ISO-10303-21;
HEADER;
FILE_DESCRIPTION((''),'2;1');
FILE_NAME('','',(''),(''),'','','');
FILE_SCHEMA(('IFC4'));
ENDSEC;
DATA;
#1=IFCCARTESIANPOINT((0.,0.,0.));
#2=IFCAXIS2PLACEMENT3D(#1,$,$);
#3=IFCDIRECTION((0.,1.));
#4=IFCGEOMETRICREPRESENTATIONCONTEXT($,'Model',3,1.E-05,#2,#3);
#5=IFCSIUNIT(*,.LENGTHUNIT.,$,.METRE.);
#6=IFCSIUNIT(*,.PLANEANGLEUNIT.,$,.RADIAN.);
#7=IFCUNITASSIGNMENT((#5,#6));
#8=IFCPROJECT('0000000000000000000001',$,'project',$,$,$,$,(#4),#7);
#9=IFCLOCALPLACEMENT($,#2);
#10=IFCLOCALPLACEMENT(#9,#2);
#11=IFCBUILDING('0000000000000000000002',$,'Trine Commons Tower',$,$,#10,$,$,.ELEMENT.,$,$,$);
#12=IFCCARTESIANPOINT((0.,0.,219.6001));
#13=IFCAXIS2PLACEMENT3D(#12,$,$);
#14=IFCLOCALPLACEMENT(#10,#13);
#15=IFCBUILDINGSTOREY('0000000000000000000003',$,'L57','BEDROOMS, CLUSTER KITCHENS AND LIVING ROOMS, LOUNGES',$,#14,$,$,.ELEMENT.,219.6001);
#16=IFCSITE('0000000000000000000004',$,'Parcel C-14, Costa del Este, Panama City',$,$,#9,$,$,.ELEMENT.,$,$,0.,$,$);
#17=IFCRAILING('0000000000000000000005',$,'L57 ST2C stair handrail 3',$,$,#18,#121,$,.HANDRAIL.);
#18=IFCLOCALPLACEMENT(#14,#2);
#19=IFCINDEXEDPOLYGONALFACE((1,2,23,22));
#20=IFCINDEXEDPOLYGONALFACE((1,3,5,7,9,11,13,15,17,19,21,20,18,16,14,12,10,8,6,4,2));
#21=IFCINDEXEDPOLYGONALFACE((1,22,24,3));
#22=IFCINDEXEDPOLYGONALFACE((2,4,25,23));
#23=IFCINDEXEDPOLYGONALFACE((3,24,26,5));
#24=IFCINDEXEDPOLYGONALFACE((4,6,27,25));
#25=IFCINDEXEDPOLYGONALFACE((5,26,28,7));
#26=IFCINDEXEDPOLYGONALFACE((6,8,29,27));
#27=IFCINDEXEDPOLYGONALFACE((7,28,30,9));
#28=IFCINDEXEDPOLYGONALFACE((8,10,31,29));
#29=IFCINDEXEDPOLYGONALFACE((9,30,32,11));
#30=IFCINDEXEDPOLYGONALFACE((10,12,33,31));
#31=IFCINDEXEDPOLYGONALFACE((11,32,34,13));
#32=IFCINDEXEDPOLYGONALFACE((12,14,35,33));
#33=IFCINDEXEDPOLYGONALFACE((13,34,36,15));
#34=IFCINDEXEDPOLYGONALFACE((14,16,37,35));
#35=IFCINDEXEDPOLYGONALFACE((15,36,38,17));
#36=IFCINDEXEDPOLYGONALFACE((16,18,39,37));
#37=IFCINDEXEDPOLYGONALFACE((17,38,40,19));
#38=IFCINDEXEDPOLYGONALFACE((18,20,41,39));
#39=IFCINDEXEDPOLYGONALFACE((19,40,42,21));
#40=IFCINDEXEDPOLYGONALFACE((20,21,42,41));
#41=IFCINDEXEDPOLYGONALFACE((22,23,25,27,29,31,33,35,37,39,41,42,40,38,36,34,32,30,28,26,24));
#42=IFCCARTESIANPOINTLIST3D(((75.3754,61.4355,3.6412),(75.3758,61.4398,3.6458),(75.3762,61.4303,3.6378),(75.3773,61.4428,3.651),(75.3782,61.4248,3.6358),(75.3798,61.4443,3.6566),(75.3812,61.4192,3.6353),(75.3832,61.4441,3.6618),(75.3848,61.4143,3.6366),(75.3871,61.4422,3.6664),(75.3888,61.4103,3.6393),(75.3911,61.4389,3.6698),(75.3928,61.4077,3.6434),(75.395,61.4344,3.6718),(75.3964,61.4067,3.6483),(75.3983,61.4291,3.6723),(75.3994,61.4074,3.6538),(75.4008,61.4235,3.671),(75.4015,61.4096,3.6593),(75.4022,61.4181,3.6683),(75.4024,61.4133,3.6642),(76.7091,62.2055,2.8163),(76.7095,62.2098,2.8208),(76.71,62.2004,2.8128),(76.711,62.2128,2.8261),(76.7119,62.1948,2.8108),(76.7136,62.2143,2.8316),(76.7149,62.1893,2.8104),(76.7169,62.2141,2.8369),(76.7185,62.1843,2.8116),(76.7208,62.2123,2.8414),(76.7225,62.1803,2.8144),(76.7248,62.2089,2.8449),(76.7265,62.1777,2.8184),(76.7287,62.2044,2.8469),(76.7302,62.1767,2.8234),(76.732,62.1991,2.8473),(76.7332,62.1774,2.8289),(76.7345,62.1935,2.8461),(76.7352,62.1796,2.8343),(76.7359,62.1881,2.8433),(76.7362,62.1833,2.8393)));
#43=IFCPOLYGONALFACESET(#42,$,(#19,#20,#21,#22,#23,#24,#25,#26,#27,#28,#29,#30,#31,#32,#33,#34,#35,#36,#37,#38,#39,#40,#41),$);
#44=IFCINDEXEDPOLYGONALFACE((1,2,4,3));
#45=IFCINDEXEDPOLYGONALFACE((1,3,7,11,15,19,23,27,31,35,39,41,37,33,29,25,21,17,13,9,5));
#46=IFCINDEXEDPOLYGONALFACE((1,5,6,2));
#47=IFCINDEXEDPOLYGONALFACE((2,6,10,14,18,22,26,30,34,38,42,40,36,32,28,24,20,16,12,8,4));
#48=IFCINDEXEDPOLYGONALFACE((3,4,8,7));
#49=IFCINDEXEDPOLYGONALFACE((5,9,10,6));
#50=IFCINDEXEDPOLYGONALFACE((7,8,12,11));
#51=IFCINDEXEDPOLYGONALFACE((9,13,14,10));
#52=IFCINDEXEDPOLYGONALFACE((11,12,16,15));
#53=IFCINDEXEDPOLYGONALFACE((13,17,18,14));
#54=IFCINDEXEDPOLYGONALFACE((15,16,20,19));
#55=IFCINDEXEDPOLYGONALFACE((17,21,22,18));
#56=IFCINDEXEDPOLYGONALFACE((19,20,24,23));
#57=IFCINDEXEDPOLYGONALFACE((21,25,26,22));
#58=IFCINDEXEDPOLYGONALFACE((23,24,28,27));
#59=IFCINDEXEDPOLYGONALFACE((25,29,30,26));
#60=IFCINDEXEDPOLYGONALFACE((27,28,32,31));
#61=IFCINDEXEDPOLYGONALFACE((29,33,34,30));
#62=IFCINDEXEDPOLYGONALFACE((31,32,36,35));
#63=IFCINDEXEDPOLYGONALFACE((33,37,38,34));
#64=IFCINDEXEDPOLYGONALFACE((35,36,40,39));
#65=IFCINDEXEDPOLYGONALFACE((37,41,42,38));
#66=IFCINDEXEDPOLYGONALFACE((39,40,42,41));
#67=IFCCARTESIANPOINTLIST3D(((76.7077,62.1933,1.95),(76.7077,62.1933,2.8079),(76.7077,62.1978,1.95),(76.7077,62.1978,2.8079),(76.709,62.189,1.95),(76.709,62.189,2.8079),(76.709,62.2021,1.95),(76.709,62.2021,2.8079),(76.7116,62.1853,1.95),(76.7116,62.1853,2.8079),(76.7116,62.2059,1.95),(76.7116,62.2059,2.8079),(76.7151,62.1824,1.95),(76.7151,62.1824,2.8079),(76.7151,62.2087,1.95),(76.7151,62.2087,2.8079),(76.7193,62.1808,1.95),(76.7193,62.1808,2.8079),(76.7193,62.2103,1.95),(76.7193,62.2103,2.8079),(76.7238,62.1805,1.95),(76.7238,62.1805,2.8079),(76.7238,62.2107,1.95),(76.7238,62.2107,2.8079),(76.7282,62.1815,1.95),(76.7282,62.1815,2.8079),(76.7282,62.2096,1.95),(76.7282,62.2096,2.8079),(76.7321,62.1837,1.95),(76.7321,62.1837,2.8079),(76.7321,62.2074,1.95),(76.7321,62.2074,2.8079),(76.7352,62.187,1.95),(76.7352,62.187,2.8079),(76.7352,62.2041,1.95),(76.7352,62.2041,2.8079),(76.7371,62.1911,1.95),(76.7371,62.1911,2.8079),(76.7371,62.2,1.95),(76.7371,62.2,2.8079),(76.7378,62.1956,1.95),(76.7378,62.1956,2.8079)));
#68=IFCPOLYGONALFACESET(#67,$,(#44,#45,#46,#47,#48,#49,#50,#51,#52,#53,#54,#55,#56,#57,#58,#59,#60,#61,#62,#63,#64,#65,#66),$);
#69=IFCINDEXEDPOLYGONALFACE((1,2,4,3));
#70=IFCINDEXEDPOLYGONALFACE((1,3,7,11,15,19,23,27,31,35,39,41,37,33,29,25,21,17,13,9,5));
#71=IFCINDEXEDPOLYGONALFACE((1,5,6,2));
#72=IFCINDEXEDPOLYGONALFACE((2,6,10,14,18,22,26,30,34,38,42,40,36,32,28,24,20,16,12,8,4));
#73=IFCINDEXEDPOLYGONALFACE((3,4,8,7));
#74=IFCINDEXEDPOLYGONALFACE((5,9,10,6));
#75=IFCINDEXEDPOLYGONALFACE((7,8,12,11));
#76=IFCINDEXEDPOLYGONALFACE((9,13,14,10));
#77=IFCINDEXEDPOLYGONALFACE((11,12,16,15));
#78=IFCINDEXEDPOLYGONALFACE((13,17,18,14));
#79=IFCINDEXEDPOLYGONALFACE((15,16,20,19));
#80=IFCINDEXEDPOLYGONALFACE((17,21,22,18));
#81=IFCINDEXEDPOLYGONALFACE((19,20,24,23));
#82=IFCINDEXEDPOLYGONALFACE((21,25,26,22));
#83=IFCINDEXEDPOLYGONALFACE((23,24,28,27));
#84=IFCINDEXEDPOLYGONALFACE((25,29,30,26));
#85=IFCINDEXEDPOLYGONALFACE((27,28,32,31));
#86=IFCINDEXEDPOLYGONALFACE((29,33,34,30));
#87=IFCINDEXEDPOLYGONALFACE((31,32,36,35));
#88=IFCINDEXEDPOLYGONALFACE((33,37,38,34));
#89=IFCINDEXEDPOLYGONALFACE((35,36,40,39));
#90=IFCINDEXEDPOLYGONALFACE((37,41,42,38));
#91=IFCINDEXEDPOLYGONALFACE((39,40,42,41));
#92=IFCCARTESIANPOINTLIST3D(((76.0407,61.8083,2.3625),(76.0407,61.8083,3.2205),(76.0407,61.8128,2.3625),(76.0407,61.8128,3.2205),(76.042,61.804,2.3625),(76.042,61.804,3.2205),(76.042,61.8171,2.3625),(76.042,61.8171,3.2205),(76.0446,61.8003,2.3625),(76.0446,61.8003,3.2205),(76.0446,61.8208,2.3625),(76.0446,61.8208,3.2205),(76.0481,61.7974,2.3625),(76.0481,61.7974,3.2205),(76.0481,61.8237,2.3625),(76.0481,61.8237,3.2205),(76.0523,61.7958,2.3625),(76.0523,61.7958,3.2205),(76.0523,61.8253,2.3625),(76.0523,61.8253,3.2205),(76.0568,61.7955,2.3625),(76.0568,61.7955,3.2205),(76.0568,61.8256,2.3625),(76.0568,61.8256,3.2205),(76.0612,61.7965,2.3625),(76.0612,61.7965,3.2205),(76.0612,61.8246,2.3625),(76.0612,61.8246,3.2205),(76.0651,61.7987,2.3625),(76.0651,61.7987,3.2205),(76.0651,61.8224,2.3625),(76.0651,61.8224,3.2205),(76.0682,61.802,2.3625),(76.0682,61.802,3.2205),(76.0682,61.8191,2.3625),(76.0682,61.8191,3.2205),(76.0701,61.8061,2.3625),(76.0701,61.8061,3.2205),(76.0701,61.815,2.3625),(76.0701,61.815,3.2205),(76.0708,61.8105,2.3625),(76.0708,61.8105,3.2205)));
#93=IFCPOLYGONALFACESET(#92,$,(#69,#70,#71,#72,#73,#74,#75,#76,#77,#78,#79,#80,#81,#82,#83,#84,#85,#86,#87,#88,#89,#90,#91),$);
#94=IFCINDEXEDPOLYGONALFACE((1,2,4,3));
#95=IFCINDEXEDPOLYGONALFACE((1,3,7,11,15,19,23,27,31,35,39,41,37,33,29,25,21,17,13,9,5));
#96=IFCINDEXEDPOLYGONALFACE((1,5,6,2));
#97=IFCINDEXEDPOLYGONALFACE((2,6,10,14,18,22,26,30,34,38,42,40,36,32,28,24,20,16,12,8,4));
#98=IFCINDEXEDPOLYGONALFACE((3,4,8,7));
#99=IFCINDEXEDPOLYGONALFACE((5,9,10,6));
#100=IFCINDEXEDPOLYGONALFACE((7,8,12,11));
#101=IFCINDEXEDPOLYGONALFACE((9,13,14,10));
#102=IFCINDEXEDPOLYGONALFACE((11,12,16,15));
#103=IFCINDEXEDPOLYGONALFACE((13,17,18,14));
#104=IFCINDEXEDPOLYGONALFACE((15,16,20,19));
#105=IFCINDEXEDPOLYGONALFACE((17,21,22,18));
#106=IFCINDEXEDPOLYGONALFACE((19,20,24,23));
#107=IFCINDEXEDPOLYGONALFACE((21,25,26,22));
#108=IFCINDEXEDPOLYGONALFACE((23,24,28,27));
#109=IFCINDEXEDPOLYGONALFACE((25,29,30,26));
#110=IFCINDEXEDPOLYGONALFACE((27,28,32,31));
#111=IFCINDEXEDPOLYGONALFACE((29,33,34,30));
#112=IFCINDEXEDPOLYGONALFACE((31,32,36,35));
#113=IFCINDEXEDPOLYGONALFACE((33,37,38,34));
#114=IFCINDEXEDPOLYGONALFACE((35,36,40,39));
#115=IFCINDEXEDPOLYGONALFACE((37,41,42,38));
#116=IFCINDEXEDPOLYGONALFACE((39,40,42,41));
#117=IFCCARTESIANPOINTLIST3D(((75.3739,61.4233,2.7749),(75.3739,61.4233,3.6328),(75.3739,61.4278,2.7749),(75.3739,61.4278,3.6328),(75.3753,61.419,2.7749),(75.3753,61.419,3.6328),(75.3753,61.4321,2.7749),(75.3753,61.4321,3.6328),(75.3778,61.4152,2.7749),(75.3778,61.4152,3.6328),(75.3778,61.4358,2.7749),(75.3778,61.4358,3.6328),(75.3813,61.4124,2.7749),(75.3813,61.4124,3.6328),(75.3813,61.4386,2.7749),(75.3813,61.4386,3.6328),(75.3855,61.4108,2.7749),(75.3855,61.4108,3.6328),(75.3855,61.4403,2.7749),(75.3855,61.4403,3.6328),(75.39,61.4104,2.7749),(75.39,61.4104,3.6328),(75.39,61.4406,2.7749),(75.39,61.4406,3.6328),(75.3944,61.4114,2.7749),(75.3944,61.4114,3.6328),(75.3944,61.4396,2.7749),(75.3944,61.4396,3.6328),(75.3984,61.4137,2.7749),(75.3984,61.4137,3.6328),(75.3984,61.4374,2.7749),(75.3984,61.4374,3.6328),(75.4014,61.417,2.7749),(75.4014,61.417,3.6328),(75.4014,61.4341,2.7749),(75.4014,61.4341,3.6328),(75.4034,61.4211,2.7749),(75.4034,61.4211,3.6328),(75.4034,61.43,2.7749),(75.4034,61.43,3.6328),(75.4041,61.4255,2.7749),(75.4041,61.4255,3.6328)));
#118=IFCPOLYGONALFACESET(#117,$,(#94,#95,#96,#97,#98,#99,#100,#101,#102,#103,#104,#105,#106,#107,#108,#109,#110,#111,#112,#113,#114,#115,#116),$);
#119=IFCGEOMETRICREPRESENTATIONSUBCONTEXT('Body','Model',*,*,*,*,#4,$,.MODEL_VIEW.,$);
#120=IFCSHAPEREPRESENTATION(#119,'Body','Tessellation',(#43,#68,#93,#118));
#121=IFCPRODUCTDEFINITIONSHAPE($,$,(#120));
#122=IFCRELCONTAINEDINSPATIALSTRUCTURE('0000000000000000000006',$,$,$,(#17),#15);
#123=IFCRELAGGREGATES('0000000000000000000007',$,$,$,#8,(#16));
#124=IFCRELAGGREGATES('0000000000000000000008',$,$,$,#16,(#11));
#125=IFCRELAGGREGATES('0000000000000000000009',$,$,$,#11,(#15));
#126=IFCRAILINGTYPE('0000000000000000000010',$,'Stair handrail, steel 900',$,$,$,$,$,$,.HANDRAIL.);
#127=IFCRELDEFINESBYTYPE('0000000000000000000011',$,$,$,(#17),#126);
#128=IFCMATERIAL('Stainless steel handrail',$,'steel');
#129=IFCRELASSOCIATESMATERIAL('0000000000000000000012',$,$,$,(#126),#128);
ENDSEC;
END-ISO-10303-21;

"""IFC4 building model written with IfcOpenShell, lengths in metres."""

from ifc_helpers import new_model, si_unit, direction, frame, origin, origin_2d, place, context, subcontext, project, spatial, circle, extrude, material, type_object, element, save


model = new_model("IFC4")

# Units and contexts
model_context = context("Model", 3, precision=1e-05, world=origin(), true_north=direction((0.0, 1.0)))
body_context = subcontext(model_context, "Body", "Model", "MODEL_VIEW")
ifc_project = project(units=[si_unit("LENGTHUNIT", "METRE"), si_unit("PLANEANGLEUNIT", "RADIAN")], contexts=[model_context])

# Site, building, storey
site_placement = place(None, origin())
site = spatial("IfcSite", under=ifc_project, at=site_placement, Name="Parcel C-14, Costa del Este, Panama City", CompositionType="ELEMENT", RefElevation=0.0)
building_placement = place(site_placement, origin())
building = spatial("IfcBuilding", under=site, at=building_placement, Name="Trine Commons Tower", CompositionType="ELEMENT")
storey_placement = place(building_placement, frame((0.0, 0.0, 219.6001)))
storey = spatial("IfcBuildingStorey", under=building, at=storey_placement, Name="L57", Description="BEDROOMS, CLUSTER KITCHENS AND LIVING ROOMS, LOUNGES", CompositionType="ELEMENT", Elevation=219.6001)

# Railing
ifc_material_1 = material(Name="Stainless steel handrail", Category="steel")
railing_type_1 = type_object("IfcRailingType", Name="Stair handrail, steel 900", PredefinedType="HANDRAIL", material=ifc_material_1)
for number, where, name in (
    (1, (76.7227, 62.1956, 1.95), "L57 ST2C stair handrail 3"),
):
    element("IfcRailing", number, at=place(storey_placement, frame(where)), inside=storey, type_object=railing_type_1, Name=name, PredefinedType="HANDRAIL", context=body_context, shape_type="SweptSolid", body=[
        extrude(circle(Radius=0.021, at=origin_2d()), frame((0.0, 0.0, 0.8789), z_axis=(-0.763405, -0.440743, 0.472185), x_axis=(0.499992, -0.86603, 0.0)), (0.0, 0.0, 1.0), 1.7471),
        extrude(circle(Radius=0.0151, at=origin_2d()), origin(), (0.0, 0.0, 1.0), 0.8579),
        extrude(circle(Radius=0.0151, at=origin_2d()), frame((-0.667, -0.385, 0.4126)), (0.0, 0.0, 1.0), 0.8579),
        extrude(circle(Radius=0.0151, at=origin_2d()), frame((-1.3337, -0.77, 0.825)), (0.0, 0.0, 1.0), 0.8579),
    ])

save(model, "model.ifc")
